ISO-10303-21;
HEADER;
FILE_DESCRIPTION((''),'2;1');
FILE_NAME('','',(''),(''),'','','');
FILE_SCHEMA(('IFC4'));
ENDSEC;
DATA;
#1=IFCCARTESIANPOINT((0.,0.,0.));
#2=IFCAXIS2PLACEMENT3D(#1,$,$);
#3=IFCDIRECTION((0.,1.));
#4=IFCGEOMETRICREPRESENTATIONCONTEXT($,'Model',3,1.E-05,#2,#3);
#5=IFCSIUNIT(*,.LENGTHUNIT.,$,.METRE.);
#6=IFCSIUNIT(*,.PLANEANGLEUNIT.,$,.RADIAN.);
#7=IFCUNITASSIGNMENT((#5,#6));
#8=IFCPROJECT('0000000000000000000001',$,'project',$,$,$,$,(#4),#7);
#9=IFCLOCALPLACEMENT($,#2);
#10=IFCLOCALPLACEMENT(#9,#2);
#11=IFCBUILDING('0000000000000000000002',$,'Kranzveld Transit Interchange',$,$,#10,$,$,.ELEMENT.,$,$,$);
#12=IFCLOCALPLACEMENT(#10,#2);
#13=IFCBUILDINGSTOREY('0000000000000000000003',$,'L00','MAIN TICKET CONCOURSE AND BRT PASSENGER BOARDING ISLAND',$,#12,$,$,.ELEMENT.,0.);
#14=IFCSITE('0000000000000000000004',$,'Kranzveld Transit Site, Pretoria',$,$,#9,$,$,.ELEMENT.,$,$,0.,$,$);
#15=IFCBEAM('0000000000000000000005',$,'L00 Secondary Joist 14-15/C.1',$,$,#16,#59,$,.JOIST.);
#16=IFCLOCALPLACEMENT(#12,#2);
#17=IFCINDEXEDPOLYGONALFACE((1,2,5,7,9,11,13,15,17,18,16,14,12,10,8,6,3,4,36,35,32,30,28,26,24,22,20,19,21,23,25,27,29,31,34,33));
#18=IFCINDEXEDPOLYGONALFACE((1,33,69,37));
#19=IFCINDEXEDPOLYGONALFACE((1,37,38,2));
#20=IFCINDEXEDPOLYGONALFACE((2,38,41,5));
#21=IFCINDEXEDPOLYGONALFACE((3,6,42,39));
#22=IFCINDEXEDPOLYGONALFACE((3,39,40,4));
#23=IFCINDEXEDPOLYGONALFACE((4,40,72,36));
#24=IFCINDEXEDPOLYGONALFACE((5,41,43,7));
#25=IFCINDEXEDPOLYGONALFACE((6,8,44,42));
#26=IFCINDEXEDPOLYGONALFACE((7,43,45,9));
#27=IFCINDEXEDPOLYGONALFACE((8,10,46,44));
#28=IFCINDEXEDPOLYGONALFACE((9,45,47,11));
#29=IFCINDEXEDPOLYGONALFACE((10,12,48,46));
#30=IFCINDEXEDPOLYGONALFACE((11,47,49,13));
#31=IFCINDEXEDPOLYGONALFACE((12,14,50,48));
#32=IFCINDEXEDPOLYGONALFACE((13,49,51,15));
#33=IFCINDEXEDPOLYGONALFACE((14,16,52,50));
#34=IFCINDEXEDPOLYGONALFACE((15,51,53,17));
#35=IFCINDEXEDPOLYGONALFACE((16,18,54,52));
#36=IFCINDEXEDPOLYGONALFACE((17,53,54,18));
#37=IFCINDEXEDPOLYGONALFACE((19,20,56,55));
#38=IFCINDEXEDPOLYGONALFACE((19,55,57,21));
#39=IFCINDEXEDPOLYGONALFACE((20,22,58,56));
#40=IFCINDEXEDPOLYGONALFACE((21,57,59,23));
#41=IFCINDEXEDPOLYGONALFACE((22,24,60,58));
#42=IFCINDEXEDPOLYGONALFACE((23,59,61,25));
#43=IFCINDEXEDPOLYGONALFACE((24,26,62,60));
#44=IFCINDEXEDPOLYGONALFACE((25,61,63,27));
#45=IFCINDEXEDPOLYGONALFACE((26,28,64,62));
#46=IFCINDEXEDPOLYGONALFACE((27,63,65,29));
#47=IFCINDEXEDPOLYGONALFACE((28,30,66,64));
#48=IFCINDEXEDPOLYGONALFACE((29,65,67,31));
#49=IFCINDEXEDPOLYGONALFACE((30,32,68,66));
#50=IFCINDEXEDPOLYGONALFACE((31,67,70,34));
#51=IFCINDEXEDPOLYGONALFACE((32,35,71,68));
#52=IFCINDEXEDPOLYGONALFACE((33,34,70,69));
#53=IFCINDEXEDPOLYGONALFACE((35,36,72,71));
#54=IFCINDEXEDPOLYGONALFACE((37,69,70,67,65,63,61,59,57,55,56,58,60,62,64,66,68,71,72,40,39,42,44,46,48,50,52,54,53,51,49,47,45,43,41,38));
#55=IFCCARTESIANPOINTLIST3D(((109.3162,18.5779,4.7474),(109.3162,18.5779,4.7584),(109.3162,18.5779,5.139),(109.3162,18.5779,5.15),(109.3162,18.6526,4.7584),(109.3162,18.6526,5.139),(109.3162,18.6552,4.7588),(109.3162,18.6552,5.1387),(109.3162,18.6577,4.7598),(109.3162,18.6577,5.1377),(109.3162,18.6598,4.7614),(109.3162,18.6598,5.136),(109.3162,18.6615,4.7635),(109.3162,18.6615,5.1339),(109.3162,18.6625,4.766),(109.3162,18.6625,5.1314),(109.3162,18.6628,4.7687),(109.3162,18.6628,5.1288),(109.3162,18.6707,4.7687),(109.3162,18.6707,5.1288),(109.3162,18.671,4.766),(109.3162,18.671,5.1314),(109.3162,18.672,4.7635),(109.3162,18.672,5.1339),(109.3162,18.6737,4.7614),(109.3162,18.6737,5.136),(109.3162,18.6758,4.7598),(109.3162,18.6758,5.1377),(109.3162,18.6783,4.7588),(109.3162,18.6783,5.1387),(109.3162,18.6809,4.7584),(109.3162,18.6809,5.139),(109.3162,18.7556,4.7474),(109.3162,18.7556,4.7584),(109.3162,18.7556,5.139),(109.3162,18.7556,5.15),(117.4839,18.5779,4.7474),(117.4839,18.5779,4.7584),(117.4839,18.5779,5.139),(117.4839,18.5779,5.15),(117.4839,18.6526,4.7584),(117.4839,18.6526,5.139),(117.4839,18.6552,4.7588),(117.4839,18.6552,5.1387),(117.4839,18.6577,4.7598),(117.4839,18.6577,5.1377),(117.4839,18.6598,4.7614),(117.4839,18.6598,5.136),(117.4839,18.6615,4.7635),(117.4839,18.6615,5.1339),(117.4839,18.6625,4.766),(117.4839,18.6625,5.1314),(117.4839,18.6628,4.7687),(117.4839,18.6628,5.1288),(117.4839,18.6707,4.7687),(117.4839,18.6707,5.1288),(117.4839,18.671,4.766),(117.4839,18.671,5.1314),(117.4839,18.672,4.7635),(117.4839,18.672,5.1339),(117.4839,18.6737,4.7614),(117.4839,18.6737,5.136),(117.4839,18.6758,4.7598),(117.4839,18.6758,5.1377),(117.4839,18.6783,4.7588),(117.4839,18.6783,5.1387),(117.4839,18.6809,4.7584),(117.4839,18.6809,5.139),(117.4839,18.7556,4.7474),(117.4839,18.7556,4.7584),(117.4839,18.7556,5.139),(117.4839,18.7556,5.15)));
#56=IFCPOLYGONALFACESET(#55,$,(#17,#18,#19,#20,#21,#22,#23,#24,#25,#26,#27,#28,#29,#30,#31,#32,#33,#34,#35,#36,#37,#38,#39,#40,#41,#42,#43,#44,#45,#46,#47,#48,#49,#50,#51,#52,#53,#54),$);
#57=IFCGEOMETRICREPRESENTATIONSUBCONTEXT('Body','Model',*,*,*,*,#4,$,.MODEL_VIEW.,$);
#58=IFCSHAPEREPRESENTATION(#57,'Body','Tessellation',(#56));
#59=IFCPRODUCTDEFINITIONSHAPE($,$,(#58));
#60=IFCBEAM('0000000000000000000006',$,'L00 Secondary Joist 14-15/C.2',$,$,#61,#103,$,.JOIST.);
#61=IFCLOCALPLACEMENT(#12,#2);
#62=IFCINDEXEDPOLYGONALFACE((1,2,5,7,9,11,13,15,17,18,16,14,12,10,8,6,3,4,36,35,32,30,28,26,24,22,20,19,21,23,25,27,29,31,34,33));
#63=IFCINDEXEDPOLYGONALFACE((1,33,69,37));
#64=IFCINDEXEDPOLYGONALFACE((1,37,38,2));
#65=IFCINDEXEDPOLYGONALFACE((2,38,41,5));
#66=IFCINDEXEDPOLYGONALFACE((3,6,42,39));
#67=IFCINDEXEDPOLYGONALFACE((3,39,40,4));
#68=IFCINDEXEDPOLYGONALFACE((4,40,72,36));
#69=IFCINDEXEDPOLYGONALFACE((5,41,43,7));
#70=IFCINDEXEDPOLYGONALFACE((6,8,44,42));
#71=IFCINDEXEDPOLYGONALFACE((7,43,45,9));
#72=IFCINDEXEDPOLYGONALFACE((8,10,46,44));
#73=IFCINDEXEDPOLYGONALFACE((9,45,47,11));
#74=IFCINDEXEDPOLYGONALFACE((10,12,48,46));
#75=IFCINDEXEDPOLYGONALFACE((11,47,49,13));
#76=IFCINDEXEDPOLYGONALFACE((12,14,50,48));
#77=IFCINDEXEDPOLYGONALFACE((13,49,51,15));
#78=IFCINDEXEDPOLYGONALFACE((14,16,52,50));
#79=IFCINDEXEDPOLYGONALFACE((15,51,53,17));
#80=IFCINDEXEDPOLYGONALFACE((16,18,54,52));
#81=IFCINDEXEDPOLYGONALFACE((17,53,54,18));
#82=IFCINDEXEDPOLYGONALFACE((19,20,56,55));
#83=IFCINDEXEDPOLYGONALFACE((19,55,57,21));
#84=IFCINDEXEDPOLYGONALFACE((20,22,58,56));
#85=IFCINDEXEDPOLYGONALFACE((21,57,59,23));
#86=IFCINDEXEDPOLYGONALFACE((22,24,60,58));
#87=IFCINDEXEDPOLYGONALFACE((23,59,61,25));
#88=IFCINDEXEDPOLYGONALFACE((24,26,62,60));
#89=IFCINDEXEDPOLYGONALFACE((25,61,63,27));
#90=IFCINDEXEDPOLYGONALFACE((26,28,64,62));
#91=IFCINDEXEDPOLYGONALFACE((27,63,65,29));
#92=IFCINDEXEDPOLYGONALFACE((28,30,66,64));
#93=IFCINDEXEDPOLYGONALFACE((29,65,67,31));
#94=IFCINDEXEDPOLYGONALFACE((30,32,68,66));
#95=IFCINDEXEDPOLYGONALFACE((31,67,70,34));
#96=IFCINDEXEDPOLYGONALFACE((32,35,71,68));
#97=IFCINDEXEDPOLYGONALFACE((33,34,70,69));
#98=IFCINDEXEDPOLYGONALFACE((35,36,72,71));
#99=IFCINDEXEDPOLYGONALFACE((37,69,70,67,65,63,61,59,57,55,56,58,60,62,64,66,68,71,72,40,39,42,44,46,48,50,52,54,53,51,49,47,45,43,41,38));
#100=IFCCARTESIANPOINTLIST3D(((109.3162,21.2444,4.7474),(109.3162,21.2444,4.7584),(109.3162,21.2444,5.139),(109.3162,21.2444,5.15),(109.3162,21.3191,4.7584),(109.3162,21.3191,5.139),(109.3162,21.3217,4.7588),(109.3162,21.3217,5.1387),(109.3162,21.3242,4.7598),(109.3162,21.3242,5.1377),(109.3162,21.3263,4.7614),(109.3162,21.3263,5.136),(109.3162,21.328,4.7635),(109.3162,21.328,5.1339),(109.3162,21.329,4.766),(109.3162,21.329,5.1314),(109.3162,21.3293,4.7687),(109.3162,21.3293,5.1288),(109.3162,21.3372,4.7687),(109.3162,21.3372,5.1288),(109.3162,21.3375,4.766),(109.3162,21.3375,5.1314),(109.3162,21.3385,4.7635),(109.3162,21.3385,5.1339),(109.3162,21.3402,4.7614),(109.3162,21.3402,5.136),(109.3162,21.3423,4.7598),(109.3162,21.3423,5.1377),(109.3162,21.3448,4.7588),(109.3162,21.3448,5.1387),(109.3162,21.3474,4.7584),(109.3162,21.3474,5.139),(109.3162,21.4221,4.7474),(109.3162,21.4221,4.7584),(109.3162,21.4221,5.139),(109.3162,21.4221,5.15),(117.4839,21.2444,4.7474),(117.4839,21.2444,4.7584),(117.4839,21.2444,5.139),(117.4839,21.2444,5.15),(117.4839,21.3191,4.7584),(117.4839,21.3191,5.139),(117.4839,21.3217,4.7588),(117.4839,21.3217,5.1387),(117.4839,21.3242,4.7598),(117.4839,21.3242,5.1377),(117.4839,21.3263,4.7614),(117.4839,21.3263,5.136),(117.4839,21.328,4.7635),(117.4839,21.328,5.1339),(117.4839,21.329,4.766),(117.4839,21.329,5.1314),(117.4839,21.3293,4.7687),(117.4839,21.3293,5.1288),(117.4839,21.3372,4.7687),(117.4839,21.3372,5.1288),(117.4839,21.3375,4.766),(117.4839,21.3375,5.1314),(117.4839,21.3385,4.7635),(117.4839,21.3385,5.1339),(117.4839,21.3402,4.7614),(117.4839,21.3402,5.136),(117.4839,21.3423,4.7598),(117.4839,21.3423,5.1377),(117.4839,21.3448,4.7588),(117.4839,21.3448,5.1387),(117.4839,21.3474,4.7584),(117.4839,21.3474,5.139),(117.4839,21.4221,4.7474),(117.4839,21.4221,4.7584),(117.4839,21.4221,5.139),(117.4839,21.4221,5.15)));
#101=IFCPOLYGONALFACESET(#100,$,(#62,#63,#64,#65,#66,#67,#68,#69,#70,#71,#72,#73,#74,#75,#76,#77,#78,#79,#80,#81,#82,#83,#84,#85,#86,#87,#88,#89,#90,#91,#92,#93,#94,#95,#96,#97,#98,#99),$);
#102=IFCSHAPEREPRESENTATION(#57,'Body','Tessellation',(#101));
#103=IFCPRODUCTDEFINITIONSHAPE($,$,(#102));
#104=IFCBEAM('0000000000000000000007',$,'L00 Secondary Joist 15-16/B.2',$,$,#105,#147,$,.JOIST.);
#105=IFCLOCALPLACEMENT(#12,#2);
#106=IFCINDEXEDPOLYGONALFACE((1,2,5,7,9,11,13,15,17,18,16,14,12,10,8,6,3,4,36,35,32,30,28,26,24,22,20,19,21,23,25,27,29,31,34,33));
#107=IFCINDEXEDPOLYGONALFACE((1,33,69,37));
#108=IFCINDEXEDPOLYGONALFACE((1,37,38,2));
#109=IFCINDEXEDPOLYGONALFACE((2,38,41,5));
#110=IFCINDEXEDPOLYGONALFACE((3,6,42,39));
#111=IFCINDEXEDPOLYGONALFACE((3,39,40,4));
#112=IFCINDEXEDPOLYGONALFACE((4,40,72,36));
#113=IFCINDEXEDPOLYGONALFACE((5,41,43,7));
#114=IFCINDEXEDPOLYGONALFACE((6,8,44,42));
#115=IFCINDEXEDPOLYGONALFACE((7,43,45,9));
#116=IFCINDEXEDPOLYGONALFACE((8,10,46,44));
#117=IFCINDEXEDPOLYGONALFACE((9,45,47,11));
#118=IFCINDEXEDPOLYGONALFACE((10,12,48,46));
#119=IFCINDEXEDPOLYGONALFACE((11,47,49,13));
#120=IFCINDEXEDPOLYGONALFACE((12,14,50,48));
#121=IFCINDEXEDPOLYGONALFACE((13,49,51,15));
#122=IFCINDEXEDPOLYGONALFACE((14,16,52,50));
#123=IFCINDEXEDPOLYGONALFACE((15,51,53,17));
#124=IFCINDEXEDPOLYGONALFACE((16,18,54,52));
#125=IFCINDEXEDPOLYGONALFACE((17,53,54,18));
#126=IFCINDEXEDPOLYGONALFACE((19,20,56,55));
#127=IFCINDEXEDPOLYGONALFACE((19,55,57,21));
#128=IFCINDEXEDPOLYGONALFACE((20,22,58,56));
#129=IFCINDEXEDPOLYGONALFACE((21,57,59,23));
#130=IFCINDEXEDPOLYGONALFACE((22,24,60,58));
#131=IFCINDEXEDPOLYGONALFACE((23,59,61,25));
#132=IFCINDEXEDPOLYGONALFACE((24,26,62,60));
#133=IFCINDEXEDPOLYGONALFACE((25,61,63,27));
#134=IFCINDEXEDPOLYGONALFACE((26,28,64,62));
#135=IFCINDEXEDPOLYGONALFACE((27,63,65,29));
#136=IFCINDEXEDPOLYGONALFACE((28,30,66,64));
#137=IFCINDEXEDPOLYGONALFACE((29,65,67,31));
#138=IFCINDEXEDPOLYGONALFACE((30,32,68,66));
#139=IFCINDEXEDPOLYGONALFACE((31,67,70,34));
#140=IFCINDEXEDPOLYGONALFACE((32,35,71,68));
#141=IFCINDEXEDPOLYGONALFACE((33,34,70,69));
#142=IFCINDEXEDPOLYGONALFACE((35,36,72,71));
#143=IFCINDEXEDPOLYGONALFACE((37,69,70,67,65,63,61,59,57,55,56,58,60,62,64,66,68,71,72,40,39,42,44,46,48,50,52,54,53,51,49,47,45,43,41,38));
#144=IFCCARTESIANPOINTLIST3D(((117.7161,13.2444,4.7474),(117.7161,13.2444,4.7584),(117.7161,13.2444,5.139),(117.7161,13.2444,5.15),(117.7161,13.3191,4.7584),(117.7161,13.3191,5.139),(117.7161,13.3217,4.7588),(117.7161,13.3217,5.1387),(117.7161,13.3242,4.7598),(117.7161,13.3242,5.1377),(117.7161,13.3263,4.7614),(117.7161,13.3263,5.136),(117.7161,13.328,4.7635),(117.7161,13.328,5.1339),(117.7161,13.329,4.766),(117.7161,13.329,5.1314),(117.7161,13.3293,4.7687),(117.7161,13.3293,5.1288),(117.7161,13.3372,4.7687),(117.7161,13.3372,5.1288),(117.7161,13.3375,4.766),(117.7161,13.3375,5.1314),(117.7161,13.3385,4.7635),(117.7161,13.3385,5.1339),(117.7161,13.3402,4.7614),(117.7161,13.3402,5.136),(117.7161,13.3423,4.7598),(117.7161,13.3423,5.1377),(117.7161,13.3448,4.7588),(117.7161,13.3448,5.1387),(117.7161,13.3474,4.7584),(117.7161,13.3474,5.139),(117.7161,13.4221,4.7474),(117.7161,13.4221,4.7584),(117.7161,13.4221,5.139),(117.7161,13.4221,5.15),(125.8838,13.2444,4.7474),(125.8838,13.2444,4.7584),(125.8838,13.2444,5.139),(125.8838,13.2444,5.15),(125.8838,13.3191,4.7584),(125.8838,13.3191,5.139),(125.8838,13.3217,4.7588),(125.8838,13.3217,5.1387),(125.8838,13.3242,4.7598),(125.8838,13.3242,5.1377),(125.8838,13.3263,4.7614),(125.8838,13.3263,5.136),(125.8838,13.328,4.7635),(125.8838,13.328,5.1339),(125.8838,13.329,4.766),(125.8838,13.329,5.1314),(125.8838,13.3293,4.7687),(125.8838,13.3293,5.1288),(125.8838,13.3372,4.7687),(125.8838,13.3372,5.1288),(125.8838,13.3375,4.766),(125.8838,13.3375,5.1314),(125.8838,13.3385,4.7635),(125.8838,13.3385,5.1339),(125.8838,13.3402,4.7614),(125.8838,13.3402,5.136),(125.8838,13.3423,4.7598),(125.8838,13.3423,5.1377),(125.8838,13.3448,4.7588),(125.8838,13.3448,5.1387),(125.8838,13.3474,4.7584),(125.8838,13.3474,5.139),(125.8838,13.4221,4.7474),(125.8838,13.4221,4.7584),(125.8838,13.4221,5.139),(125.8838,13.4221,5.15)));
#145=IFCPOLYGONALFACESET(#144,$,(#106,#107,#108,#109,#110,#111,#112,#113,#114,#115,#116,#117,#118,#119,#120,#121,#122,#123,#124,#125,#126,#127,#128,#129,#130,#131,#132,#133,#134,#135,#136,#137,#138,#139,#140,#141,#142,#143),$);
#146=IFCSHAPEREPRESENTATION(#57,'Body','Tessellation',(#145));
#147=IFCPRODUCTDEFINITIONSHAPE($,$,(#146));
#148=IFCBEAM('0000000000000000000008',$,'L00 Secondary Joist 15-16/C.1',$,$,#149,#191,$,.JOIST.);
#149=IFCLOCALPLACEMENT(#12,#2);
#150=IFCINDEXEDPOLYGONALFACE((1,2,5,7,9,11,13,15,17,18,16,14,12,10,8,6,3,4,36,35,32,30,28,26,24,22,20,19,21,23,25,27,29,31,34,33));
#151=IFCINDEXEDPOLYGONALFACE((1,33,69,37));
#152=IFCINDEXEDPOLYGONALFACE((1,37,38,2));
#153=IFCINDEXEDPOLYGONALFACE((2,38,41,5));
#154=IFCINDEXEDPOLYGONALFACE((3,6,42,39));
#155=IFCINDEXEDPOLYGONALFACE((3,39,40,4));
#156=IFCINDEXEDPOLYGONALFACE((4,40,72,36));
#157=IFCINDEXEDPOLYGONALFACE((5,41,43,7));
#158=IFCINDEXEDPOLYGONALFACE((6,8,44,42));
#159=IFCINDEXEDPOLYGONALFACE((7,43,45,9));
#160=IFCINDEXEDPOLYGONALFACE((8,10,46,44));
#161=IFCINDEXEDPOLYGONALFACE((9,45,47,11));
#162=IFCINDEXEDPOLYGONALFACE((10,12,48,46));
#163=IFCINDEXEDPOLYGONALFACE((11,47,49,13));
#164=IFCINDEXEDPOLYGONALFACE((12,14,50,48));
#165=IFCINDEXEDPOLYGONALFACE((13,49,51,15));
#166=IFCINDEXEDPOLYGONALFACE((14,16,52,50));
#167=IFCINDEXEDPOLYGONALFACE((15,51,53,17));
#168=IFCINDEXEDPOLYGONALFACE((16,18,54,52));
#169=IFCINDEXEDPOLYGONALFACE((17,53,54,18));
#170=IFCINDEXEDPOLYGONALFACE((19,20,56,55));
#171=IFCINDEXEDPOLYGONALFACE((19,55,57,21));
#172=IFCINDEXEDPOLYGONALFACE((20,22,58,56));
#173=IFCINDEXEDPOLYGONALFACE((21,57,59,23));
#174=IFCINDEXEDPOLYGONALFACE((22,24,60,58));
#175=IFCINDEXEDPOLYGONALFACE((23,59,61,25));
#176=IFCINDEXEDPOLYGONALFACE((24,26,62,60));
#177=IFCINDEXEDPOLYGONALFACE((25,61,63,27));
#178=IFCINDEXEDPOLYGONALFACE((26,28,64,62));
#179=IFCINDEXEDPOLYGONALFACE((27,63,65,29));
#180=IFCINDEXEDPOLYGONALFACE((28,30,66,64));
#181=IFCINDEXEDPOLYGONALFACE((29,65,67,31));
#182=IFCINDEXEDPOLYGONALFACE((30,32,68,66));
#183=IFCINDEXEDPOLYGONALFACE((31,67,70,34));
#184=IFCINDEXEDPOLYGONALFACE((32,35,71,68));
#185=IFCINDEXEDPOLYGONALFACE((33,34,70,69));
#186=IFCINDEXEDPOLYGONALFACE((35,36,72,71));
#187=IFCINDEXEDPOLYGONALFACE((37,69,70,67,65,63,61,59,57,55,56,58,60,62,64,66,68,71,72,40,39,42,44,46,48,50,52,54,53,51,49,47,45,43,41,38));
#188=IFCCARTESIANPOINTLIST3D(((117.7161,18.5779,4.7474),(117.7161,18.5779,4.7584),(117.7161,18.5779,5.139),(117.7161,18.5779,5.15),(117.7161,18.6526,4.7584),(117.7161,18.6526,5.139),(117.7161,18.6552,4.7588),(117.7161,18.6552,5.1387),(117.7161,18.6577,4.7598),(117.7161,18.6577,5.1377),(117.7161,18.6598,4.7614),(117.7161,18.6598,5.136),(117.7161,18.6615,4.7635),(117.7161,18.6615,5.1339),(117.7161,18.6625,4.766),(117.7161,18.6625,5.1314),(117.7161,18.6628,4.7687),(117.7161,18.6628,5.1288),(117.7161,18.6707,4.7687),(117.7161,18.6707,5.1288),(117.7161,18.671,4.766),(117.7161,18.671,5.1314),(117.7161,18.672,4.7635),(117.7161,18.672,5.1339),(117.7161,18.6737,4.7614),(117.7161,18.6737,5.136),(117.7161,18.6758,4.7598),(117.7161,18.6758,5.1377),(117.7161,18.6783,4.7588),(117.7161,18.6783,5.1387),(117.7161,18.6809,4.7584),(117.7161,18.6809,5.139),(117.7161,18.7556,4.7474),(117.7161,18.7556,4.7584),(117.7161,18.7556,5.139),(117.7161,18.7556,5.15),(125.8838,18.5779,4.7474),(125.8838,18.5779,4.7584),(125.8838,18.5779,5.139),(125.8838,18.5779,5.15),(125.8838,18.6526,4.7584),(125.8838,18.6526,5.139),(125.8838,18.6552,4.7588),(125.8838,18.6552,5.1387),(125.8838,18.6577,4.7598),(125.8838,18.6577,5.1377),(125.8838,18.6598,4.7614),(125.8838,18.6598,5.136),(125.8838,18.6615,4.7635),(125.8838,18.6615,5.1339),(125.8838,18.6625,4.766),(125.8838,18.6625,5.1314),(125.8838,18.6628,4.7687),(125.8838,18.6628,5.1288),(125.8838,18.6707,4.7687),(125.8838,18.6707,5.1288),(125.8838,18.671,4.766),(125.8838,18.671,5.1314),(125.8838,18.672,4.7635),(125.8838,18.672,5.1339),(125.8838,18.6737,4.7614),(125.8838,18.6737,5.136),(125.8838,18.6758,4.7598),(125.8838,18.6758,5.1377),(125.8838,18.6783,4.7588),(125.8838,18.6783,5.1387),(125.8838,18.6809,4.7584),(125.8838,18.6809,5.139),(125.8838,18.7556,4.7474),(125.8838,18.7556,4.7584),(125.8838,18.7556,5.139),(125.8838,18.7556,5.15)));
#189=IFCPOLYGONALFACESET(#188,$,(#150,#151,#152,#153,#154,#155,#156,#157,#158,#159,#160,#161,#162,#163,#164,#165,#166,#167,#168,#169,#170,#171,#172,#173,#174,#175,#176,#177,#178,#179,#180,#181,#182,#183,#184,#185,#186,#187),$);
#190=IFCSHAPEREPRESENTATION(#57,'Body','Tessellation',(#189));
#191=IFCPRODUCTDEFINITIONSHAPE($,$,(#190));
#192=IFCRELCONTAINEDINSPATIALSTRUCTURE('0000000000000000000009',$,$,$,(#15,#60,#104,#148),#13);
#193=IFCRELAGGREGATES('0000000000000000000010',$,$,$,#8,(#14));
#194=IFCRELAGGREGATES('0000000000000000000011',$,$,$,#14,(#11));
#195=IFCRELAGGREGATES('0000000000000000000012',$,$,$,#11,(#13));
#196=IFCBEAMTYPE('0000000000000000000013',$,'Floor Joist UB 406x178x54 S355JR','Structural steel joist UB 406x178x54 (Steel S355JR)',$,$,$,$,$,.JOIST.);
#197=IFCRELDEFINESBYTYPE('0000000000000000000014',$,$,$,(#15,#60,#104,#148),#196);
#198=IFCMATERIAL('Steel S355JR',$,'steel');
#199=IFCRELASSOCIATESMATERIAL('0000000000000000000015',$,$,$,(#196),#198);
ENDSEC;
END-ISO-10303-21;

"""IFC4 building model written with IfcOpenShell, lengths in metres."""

from ifc_helpers import new_model, si_unit, direction, frame, origin, origin_2d, place, context, subcontext, project, spatial, i_section, extrude, material, material_profile, profile_set, type_object, element, save


model = new_model("IFC4")

# Units and contexts
model_context = context("Model", 3, precision=1e-05, world=origin(), true_north=direction((0.0, 1.0)))
body_context = subcontext(model_context, "Body", "Model", "MODEL_VIEW")
ifc_project = project(units=[si_unit("LENGTHUNIT", "METRE"), si_unit("PLANEANGLEUNIT", "RADIAN")], contexts=[model_context])

# Site, building, storey
site_placement = place(None, origin())
site = spatial("IfcSite", under=ifc_project, at=site_placement, Name="Kranzveld Transit Site, Pretoria", CompositionType="ELEMENT", RefElevation=0.0)
building_placement = place(site_placement, origin())
building = spatial("IfcBuilding", under=site, at=building_placement, Name="Kranzveld Transit Interchange", CompositionType="ELEMENT")
storey_placement = place(building_placement, origin())
storey = spatial("IfcBuildingStorey", under=building, at=storey_placement, Name="L00", Description="MAIN TICKET CONCOURSE AND BRT PASSENGER BOARDING ISLAND", CompositionType="ELEMENT", Elevation=0.0)

# Beams
ifc_material_1 = material(Name="Steel S355JR", Category="steel")
ifc_material_profile_1 = material_profile(ifc_material_1, i_section(OverallWidth=0.1777, OverallDepth=0.4026, WebThickness=0.0078, FlangeThickness=0.011, FilletRadius=0.0103, at=origin_2d()), Name="UB 406x178x54")
ifc_profile_set_1 = profile_set([ifc_material_profile_1], Name="Steel S355JR")
beam_type_1 = type_object("IfcBeamType", Name="Floor Joist UB 406x178x54 S355JR", Description="Structural steel joist UB 406x178x54 (Steel S355JR)", PredefinedType="JOIST", material=ifc_profile_set_1)
for number, where, z_axis, x_axis, name in (
    (1, (109.3162, 18.6667, 4.9487), (1.0, 0.0, 0.0), (0.0, 1.0, 0.0), "L00 Secondary Joist 14-15/C.1"),
    (2, (109.3162, 21.3333, 4.9487), (1.0, 0.0, 0.0), (0.0, 1.0, 0.0), "L00 Secondary Joist 14-15/C.2"),
    (3, (117.7161, 13.3333, 4.9487), (1.0, 0.0, 0.0), (0.0, 1.0, 0.0), "L00 Secondary Joist 15-16/B.2"),
    (4, (117.7161, 18.6667, 4.9487), (1.0, 0.0, 0.0), (0.0, 1.0, 0.0), "L00 Secondary Joist 15-16/C.1"),
):
    element("IfcBeam", number, at=place(storey_placement, frame(where, z_axis=z_axis, x_axis=x_axis)), inside=storey, type_object=beam_type_1, Name=name, PredefinedType="JOIST", context=body_context, shape_type="SweptSolid", body=[
        extrude(i_section(OverallWidth=0.1777, OverallDepth=0.4026, WebThickness=0.0078, FlangeThickness=0.011, FilletRadius=0.0103, at=origin_2d()), origin(), (0.0, 0.0, 1.0), 8.1677),
    ])

save(model, "model.ifc")
